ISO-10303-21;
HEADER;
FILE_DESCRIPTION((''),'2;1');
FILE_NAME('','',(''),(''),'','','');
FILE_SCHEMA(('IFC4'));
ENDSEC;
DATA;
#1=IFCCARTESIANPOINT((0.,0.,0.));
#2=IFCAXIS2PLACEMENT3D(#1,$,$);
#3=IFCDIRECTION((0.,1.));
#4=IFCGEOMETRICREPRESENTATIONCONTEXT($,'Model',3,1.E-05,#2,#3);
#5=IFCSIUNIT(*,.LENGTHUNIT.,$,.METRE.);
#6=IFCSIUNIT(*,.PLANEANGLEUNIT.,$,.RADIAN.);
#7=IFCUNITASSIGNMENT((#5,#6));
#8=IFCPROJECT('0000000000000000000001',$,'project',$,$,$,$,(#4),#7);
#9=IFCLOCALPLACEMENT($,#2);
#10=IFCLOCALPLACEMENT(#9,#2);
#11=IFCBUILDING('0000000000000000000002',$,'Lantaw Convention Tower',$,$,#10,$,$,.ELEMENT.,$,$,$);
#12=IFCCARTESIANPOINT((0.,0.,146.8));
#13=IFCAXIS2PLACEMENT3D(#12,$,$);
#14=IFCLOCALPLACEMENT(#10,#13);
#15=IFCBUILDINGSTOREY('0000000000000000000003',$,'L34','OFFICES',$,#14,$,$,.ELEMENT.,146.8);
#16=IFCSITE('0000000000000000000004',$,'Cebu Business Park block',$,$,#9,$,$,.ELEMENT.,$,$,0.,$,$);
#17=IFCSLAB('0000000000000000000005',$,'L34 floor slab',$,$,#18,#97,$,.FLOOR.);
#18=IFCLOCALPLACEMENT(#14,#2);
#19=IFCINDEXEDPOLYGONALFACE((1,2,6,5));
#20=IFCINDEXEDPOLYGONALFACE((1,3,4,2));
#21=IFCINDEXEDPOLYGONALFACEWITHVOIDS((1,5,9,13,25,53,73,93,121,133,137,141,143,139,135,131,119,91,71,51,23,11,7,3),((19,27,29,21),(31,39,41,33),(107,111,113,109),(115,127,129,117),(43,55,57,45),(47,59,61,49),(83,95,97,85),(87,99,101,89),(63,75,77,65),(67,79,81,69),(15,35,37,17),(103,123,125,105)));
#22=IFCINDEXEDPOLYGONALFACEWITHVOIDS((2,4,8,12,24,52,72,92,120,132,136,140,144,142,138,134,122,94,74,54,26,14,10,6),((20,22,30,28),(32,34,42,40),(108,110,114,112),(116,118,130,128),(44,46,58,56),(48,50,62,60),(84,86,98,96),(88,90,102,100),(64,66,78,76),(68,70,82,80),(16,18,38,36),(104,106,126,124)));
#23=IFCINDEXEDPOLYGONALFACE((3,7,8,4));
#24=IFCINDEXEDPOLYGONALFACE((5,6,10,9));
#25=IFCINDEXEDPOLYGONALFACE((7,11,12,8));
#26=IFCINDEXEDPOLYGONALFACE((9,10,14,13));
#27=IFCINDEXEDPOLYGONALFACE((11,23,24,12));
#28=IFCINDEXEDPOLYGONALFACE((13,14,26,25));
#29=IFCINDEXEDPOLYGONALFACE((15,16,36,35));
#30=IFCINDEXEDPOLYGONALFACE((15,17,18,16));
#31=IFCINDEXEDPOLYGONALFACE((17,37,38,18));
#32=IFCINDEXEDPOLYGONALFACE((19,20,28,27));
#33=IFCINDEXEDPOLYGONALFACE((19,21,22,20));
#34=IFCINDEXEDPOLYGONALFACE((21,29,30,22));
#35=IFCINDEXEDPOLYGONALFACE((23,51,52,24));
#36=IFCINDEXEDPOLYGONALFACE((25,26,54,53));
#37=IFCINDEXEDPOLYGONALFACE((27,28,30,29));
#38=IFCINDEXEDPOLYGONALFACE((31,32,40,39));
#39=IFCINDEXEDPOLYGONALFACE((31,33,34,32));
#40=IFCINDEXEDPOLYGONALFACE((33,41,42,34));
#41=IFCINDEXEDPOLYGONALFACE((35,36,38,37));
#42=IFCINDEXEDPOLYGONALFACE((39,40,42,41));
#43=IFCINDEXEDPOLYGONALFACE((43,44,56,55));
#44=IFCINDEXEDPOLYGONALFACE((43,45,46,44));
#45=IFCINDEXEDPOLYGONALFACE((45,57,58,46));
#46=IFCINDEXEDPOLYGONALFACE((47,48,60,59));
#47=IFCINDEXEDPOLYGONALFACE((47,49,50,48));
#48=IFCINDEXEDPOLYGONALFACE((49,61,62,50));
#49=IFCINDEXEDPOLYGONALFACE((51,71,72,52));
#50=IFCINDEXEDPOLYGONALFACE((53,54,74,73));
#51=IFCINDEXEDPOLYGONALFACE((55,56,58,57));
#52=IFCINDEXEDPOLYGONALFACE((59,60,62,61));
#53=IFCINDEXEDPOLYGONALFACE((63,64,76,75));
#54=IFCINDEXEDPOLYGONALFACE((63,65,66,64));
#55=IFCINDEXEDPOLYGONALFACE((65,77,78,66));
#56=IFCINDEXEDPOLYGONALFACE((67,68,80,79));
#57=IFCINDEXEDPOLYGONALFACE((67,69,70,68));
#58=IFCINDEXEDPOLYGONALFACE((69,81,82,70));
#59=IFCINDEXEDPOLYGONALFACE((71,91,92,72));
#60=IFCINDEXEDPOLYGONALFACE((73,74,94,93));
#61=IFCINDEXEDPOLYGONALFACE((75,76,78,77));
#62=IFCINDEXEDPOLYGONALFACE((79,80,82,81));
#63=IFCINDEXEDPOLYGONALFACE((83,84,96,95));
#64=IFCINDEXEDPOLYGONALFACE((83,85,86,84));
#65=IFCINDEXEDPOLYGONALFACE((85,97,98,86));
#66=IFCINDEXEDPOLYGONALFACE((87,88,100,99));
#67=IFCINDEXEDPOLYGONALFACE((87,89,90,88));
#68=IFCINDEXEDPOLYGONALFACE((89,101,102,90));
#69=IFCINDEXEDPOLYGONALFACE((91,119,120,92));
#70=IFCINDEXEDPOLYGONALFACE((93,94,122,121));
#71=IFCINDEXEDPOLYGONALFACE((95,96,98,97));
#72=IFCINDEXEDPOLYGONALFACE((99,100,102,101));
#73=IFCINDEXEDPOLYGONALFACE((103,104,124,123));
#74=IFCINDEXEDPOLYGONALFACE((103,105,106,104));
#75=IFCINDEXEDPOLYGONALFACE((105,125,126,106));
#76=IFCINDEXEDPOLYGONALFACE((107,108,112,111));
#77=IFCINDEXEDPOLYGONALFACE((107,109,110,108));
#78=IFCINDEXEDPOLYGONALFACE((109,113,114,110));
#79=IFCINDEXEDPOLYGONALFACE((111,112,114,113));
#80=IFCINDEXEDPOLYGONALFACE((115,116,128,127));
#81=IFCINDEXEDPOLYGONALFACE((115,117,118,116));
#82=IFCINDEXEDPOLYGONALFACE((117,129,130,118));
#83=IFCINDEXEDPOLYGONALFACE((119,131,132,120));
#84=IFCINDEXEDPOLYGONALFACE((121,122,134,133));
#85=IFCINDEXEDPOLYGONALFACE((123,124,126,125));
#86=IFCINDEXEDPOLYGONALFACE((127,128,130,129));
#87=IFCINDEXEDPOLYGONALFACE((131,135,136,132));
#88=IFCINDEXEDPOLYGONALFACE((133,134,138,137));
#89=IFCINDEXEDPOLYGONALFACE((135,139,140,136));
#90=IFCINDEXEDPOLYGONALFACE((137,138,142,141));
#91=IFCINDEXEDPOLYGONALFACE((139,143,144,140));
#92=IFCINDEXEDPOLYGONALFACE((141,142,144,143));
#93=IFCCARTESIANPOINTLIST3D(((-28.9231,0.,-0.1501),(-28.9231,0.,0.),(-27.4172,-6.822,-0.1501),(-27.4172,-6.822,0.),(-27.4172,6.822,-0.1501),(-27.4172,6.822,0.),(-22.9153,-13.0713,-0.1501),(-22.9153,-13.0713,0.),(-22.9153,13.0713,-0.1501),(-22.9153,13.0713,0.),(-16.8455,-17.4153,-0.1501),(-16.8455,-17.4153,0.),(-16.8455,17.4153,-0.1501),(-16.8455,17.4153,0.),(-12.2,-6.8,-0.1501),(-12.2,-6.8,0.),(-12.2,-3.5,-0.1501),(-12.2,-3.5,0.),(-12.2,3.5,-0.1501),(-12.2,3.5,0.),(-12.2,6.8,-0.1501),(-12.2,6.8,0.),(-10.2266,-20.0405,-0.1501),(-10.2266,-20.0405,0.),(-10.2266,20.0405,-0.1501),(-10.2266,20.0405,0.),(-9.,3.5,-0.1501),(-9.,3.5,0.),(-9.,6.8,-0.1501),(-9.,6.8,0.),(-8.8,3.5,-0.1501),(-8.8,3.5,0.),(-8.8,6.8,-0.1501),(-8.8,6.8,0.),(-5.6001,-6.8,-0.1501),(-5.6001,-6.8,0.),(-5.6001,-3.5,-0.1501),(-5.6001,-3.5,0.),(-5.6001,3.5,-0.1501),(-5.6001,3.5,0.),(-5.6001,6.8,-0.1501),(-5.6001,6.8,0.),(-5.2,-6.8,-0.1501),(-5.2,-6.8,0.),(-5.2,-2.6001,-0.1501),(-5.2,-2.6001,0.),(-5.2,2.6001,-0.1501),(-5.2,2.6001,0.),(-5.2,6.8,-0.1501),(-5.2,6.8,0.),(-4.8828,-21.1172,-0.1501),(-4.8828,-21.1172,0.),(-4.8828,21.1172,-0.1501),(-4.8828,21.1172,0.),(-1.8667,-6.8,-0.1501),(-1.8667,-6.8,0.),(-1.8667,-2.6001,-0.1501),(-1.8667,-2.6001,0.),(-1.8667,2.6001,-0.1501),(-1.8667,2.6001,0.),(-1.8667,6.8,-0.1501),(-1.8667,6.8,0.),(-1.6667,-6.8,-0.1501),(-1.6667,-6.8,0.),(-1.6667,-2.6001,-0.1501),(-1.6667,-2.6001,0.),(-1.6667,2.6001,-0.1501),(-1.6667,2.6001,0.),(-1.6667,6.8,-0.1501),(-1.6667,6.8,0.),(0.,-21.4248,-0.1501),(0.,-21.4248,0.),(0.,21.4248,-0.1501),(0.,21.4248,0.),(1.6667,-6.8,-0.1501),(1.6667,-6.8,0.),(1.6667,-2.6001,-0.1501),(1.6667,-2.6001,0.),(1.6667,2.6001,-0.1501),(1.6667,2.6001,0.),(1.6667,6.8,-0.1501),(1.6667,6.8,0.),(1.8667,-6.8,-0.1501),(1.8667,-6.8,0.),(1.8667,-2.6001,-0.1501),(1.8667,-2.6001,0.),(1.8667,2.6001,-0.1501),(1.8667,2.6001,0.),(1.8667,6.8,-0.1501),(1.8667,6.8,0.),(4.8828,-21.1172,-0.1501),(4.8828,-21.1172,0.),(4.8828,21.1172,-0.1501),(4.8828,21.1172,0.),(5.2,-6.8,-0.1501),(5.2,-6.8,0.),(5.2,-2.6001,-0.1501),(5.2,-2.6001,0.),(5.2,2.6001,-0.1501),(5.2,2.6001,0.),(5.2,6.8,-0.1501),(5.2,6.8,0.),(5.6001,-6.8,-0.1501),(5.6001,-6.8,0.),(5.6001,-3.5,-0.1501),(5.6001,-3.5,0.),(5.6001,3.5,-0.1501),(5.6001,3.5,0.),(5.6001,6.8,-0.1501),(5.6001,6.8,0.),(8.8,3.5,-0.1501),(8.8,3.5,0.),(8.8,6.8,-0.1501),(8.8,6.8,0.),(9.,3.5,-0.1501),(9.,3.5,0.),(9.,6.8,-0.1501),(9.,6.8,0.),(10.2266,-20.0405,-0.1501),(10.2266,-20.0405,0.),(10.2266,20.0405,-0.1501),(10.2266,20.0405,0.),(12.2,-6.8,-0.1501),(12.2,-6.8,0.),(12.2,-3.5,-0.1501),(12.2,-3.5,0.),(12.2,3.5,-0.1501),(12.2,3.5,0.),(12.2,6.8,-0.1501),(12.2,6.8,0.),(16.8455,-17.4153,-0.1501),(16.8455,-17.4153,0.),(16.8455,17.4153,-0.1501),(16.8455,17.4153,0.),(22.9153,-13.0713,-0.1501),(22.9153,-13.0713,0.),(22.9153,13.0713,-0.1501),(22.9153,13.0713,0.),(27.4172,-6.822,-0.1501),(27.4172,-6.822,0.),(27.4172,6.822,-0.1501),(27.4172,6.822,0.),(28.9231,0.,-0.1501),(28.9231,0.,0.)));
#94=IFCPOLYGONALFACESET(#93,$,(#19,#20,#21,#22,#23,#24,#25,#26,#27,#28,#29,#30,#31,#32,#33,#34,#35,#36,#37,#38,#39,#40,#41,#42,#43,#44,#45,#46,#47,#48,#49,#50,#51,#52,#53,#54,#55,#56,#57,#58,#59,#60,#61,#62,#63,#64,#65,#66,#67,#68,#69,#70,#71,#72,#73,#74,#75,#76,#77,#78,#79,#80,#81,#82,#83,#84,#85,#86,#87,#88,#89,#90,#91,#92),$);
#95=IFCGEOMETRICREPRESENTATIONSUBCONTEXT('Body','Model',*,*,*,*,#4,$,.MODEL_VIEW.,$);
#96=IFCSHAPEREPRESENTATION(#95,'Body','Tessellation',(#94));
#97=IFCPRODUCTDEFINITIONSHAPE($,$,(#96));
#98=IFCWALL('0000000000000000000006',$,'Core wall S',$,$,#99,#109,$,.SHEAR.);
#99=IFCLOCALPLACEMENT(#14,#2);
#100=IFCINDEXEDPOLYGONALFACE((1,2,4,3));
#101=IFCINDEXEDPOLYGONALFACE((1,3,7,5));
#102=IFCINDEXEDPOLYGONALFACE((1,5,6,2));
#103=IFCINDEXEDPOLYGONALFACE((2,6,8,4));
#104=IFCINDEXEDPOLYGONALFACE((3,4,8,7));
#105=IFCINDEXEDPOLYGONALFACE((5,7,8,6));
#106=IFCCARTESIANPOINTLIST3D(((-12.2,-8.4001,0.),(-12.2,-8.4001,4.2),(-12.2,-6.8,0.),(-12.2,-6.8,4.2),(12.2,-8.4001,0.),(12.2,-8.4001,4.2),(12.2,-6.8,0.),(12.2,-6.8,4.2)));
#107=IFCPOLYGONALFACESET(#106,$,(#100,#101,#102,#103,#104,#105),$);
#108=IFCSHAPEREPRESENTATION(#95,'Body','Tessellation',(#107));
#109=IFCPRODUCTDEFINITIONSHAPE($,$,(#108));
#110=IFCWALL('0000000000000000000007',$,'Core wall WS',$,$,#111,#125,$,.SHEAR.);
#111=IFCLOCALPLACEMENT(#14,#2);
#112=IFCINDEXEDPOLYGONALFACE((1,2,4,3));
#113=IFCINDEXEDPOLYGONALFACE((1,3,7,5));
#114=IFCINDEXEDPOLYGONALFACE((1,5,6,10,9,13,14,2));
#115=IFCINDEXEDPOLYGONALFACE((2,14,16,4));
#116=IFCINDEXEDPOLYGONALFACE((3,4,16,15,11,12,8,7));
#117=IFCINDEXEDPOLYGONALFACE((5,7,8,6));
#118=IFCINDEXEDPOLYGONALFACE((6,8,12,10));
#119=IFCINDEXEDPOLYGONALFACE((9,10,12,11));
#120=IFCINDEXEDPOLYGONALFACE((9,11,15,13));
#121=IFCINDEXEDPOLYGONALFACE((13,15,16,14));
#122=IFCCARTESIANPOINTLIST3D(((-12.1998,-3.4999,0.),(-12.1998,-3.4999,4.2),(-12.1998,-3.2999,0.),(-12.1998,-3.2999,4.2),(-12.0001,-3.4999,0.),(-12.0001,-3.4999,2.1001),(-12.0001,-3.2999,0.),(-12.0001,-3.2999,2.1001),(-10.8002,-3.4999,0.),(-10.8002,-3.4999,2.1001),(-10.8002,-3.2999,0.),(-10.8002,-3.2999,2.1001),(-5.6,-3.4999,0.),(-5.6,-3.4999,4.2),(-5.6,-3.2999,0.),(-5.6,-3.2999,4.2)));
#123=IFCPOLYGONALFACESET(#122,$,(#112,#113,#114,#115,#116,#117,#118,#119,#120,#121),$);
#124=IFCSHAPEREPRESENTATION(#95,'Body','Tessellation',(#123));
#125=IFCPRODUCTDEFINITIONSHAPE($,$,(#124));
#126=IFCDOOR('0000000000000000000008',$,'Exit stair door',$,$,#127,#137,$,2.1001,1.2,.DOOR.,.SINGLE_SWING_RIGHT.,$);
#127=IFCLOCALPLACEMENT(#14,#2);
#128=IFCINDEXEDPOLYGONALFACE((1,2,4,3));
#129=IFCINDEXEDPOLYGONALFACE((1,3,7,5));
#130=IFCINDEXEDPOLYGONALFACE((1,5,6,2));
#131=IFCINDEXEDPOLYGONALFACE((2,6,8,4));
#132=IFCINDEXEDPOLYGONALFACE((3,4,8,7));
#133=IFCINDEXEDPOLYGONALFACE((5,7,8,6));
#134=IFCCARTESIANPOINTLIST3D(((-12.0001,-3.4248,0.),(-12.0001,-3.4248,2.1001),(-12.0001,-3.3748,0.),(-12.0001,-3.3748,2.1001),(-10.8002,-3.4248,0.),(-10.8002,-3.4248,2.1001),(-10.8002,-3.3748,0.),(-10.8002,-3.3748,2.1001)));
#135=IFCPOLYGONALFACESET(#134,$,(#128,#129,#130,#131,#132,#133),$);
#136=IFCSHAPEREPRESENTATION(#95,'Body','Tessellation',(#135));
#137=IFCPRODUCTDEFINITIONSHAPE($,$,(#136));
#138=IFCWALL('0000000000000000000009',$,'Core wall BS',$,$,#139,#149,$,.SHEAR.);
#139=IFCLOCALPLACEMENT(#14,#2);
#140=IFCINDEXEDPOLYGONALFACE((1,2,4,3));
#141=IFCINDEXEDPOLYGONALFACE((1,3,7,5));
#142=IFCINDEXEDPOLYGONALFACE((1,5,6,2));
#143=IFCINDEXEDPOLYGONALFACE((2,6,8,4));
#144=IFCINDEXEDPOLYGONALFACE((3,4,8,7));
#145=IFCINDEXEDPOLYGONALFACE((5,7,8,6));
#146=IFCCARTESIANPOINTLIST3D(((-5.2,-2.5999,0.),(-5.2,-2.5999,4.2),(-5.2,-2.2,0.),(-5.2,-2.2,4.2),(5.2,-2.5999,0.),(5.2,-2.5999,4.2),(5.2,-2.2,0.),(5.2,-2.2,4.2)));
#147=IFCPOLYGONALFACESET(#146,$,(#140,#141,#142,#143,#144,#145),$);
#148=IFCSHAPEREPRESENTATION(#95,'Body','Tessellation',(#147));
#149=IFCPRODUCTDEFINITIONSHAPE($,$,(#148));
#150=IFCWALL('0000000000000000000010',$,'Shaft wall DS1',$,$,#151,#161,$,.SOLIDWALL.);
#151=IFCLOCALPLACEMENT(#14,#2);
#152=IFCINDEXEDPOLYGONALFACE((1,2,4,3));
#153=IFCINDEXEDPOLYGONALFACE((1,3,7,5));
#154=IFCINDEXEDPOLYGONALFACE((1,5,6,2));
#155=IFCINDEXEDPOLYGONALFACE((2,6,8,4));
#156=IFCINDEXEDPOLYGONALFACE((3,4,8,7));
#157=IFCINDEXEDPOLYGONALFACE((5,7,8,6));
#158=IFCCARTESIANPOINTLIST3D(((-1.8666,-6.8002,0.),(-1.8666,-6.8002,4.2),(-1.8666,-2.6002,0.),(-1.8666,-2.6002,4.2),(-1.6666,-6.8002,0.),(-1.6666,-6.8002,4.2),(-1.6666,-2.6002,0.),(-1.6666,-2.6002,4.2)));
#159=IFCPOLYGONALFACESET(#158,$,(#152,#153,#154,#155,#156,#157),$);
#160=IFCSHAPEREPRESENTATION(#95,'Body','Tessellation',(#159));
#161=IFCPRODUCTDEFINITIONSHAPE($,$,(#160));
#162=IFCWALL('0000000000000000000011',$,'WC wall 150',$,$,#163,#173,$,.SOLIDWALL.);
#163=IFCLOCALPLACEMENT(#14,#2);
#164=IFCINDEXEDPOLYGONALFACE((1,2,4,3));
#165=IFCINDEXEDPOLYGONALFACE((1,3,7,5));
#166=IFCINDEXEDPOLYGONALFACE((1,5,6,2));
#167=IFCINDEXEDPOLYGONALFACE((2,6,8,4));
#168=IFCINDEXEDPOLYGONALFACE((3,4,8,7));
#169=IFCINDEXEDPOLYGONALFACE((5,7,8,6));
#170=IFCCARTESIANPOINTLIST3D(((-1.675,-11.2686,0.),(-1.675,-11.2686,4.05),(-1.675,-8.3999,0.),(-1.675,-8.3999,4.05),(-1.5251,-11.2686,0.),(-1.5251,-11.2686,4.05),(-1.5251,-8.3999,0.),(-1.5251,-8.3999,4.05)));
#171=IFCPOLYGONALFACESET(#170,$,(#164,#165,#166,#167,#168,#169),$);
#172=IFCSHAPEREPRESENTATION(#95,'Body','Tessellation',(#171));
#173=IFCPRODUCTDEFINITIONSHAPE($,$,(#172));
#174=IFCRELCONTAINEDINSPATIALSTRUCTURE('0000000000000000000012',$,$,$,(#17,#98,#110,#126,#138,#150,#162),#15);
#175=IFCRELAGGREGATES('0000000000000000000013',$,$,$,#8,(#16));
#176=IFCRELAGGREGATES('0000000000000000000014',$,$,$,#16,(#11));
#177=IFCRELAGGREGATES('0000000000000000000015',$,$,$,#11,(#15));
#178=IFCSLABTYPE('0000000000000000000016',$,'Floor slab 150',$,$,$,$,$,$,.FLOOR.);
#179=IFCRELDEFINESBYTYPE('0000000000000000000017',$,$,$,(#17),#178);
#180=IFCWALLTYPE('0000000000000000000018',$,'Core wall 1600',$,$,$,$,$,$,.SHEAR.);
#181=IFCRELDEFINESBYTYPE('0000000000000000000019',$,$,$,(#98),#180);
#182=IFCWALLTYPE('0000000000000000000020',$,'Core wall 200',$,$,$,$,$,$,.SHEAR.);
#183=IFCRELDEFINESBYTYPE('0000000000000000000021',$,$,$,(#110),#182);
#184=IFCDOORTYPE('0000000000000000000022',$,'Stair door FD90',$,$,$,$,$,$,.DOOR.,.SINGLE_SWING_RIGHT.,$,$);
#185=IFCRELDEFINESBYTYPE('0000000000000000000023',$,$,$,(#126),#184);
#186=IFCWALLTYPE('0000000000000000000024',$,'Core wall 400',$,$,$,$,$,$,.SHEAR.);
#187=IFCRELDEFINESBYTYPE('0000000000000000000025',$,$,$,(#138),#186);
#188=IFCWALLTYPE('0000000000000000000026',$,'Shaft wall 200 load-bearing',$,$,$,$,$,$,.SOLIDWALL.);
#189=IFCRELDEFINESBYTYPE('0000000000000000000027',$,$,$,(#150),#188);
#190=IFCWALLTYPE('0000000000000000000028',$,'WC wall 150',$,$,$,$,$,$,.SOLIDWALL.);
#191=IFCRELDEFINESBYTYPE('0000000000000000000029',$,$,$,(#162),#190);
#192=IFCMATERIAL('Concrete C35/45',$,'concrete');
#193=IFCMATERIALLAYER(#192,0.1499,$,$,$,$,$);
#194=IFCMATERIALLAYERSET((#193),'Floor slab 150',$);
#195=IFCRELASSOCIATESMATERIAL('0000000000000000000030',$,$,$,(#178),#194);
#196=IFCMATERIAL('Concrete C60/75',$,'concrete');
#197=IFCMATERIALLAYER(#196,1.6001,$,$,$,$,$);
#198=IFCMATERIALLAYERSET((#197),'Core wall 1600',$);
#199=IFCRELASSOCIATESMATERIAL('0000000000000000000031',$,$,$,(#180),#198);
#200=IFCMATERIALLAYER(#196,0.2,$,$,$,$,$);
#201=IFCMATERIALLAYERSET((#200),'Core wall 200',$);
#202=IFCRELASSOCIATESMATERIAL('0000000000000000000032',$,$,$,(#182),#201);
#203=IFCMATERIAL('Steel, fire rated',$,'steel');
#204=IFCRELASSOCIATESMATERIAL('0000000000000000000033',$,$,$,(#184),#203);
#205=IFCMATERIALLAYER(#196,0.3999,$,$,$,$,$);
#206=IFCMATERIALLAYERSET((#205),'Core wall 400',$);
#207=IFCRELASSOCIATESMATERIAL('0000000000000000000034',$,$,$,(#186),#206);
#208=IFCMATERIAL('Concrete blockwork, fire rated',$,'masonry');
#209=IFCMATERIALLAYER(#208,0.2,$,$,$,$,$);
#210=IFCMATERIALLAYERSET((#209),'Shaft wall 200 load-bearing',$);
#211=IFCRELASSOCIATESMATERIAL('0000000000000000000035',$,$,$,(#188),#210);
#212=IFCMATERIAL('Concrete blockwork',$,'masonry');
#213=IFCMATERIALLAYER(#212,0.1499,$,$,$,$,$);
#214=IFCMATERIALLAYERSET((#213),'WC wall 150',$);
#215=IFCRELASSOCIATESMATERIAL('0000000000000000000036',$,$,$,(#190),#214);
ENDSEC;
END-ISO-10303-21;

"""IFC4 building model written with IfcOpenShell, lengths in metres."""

from ifc_helpers import new_model, si_unit, direction, frame, frame_2d, origin, place, context, subcontext, project, spatial, polyline, rectangle, outline, extrude, material, layer, layer_set, type_object, element, fill, save


model = new_model("IFC4")

# Units and contexts
model_context = context("Model", 3, precision=1e-05, world=origin(), true_north=direction((0.0, 1.0)))
body_context = subcontext(model_context, "Body", "Model", "MODEL_VIEW")
ifc_project = project(units=[si_unit("LENGTHUNIT", "METRE"), si_unit("PLANEANGLEUNIT", "RADIAN")], contexts=[model_context])

# Site, building, storey
site_placement = place(None, origin())
site = spatial("IfcSite", under=ifc_project, at=site_placement, Name="Cebu Business Park block", CompositionType="ELEMENT", RefElevation=0.0)
building_placement = place(site_placement, origin())
building = spatial("IfcBuilding", under=site, at=building_placement, Name="Lantaw Convention Tower", CompositionType="ELEMENT")
storey_placement = place(building_placement, frame((0.0, 0.0, 146.8)))
storey = spatial("IfcBuildingStorey", under=building, at=storey_placement, Name="L34", Description="OFFICES", CompositionType="ELEMENT", Elevation=146.8)

# Slab
ifc_material_1 = material(Name="Concrete C35/45", Category="concrete")
ifc_layer_1 = layer(ifc_material_1, 0.1499)
ifc_layer_set_1 = layer_set([ifc_layer_1], Name="Floor slab 150")
slab_type = type_object("IfcSlabType", Name="Floor slab 150", PredefinedType="FLOOR", material=ifc_layer_set_1)
slab_placement = place(storey_placement, frame((0.0, 0.0, -0.1501)))
element("IfcSlab", 1, at=slab_placement, inside=storey, type_object=slab_type, Name="L34 floor slab", PredefinedType="FLOOR", context=body_context, shape_type="SweptSolid", body=[
    extrude(outline(polyline([(27.4172, -6.822), (28.9231, 0.0), (27.4172, 6.822), (22.9153, 13.0713), (16.8455, 17.4153), (10.2266, 20.0405), (4.8828, 21.1172), (0.0, 21.4248), (-4.8828, 21.1172), (-10.2266, 20.0405), (-16.8455, 17.4153), (-22.9153, 13.0713), (-27.4172, 6.822), (-28.9231, 0.0), (-27.4172, -6.822), (-22.9153, -13.0713), (-16.8455, -17.4153), (-10.2266, -20.0405), (-4.8828, -21.1172), (0.0, -21.4248), (4.8828, -21.1172), (10.2266, -20.0405), (16.8455, -17.4153), (22.9153, -13.0713), (27.4172, -6.822)]), holes=[polyline([(-5.6001, -3.5), (-12.2, -3.5), (-12.2, -6.8), (-5.6001, -6.8), (-5.6001, -3.5)]), polyline([(-1.8667, -6.8), (-1.8667, -2.6001), (-5.2, -2.6001), (-5.2, -6.8), (-1.8667, -6.8)]), polyline([(-1.8667, 2.6001), (-1.8667, 6.8), (-5.2, 6.8), (-5.2, 2.6001), (-1.8667, 2.6001)]), polyline([(1.6667, 6.8), (-1.6667, 6.8), (-1.6667, 2.6001), (1.6667, 2.6001), (1.6667, 6.8)]), polyline([(-9.0, 3.5), (-9.0, 6.8), (-12.2, 6.8), (-12.2, 3.5), (-9.0, 3.5)]), polyline([(-5.6001, 3.5), (-5.6001, 6.8), (-8.8, 6.8), (-8.8, 3.5), (-5.6001, 3.5)]), polyline([(12.2, -3.5), (5.6001, -3.5), (5.6001, -6.8), (12.2, -6.8), (12.2, -3.5)]), polyline([(1.6667, -6.8), (1.6667, -2.6001), (-1.6667, -2.6001), (-1.6667, -6.8), (1.6667, -6.8)]), polyline([(5.2, -6.8), (5.2, -2.6001), (1.8667, -2.6001), (1.8667, -6.8), (5.2, -6.8)]), polyline([(5.2, 6.8), (1.8667, 6.8), (1.8667, 2.6001), (5.2, 2.6001), (5.2, 6.8)]), polyline([(8.8, 3.5), (8.8, 6.8), (5.6001, 6.8), (5.6001, 3.5), (8.8, 3.5)]), polyline([(12.2, 3.5), (12.2, 6.8), (9.0, 6.8), (9.0, 3.5), (12.2, 3.5)])]), origin(), (0.0, 0.0, 1.0), 0.1501),
])

# Wall
ifc_material_2 = material(Name="Concrete C60/75", Category="concrete")
ifc_layer_2 = layer(ifc_material_2, 1.6001)
ifc_layer_set_2 = layer_set([ifc_layer_2], Name="Core wall 1600")
wall_type_1 = type_object("IfcWallType", Name="Core wall 1600", PredefinedType="SHEAR", material=ifc_layer_set_2)
wall_1_placement = place(storey_placement, frame((-12.2, -7.6001, 0.0), z_axis=(0.0, 0.0, 1.0), x_axis=(1.0, 0.0, 0.0)))
element("IfcWall", 2, at=wall_1_placement, inside=storey, type_object=wall_type_1, Name="Core wall S", PredefinedType="SHEAR", context=body_context, shape_type="SweptSolid", body=[
    extrude(rectangle(XDim=24.3999, YDim=1.6001, at=frame_2d((12.2, 0.0))), origin(), (0.0, 0.0, 1.0), 4.2),
])

# Wall, opening, door
ifc_layer_3 = layer(ifc_material_2, 0.2)
ifc_layer_set_3 = layer_set([ifc_layer_3], Name="Core wall 200")
wall_type_2 = type_object("IfcWallType", Name="Core wall 200", PredefinedType="SHEAR", material=ifc_layer_set_3)
wall_2_placement = place(storey_placement, frame((-5.6001, -3.3999, 0.0), z_axis=(0.0, 0.0, 1.0), x_axis=(-1.0, 0.0, 0.0)))
wall_2 = element("IfcWall", 3, at=wall_2_placement, inside=storey, type_object=wall_type_2, Name="Core wall WS", PredefinedType="SHEAR", context=body_context, shape_type="SweptSolid", body=[
    extrude(rectangle(XDim=6.5999, YDim=0.2, at=frame_2d((3.2998, 0.0))), origin(), (0.0, 0.0, 1.0), 4.2),
])
opening_placement = place(wall_2_placement, frame((5.2, 0.0, 0.0)))
opening = element("IfcOpeningElement", 4, at=opening_placement, cuts=wall_2, PredefinedType="OPENING", context=body_context, shape_type="SweptSolid", body=[
    extrude(rectangle(XDim=1.2, YDim=2.1001, at=frame_2d((0.6001, 1.05))), frame((0.0, 0.1099, 0.0), z_axis=(0.0, -1.0, 0.0), x_axis=(1.0, 0.0, 0.0)), (0.0, 0.0, 1.0), 0.22),
])
ifc_material_3 = material(Name="Steel, fire rated", Category="steel")
door_type = type_object("IfcDoorType", Name="Stair door FD90", OperationType="SINGLE_SWING_RIGHT", PredefinedType="DOOR", material=ifc_material_3)
door_placement = place(opening_placement, origin())
door = element("IfcDoor", 5, at=door_placement, inside=storey, type_object=door_type, Name="Exit stair door", OperationType="SINGLE_SWING_RIGHT", OverallHeight=2.1001, OverallWidth=1.2, PredefinedType="DOOR", context=body_context, shape_type="SweptSolid", body=[
    extrude(rectangle(XDim=1.2, YDim=2.1001, at=frame_2d((0.6001, 1.05))), frame((0.0, 0.0249, 0.0), z_axis=(0.0, -1.0, 0.0), x_axis=(1.0, 0.0, 0.0)), (0.0, 0.0, 1.0), 0.05),
])
fill(opening, door)

# Walls
ifc_layer_4 = layer(ifc_material_2, 0.3999)
ifc_layer_set_4 = layer_set([ifc_layer_4], Name="Core wall 400")
wall_type_3 = type_object("IfcWallType", Name="Core wall 400", PredefinedType="SHEAR", material=ifc_layer_set_4)
wall_3_placement = place(storey_placement, frame((-5.2, -2.3999, 0.0), z_axis=(0.0, 0.0, 1.0), x_axis=(1.0, 0.0, 0.0)))
element("IfcWall", 6, at=wall_3_placement, inside=storey, type_object=wall_type_3, Name="Core wall BS", PredefinedType="SHEAR", context=body_context, shape_type="SweptSolid", body=[
    extrude(rectangle(XDim=10.3999, YDim=0.3999, at=frame_2d((5.2, 0.0))), origin(), (0.0, 0.0, 1.0), 4.2),
])
ifc_material_4 = material(Name="Concrete blockwork, fire rated", Category="masonry")
ifc_layer_5 = layer(ifc_material_4, 0.2)
ifc_layer_set_5 = layer_set([ifc_layer_5], Name="Shaft wall 200 load-bearing")
wall_type_4 = type_object("IfcWallType", Name="Shaft wall 200 load-bearing", PredefinedType="SOLIDWALL", material=ifc_layer_set_5)
wall_4_placement = place(storey_placement, frame((-1.7666, -2.6001, 0.0), z_axis=(0.0, 0.0, 1.0), x_axis=(0.0, -1.0, 0.0)))
element("IfcWall", 7, at=wall_4_placement, inside=storey, type_object=wall_type_4, Name="Shaft wall DS1", PredefinedType="SOLIDWALL", context=body_context, shape_type="SweptSolid", body=[
    extrude(rectangle(XDim=4.2, YDim=0.2, at=frame_2d((2.1001, 0.0))), origin(), (0.0, 0.0, 1.0), 4.2),
])
ifc_material_5 = material(Name="Concrete blockwork", Category="masonry")
ifc_layer_6 = layer(ifc_material_5, 0.1499)
ifc_layer_set_6 = layer_set([ifc_layer_6], Name="WC wall 150")
wall_type_5 = type_object("IfcWallType", Name="WC wall 150", PredefinedType="SOLIDWALL", material=ifc_layer_set_6)
wall_5_placement = place(storey_placement, frame((-1.6001, -8.3999, 0.0), z_axis=(0.0, 0.0, 1.0), x_axis=(0.0, -1.0, 0.0)))
element("IfcWall", 8, at=wall_5_placement, inside=storey, type_object=wall_type_5, Name="WC wall 150", PredefinedType="SOLIDWALL", context=body_context, shape_type="SweptSolid", body=[
    extrude(rectangle(XDim=2.8687, YDim=0.1499, at=frame_2d((1.4343, 0.0))), origin(), (0.0, 0.0, 1.0), 4.05),
])

save(model, "model.ifc")
